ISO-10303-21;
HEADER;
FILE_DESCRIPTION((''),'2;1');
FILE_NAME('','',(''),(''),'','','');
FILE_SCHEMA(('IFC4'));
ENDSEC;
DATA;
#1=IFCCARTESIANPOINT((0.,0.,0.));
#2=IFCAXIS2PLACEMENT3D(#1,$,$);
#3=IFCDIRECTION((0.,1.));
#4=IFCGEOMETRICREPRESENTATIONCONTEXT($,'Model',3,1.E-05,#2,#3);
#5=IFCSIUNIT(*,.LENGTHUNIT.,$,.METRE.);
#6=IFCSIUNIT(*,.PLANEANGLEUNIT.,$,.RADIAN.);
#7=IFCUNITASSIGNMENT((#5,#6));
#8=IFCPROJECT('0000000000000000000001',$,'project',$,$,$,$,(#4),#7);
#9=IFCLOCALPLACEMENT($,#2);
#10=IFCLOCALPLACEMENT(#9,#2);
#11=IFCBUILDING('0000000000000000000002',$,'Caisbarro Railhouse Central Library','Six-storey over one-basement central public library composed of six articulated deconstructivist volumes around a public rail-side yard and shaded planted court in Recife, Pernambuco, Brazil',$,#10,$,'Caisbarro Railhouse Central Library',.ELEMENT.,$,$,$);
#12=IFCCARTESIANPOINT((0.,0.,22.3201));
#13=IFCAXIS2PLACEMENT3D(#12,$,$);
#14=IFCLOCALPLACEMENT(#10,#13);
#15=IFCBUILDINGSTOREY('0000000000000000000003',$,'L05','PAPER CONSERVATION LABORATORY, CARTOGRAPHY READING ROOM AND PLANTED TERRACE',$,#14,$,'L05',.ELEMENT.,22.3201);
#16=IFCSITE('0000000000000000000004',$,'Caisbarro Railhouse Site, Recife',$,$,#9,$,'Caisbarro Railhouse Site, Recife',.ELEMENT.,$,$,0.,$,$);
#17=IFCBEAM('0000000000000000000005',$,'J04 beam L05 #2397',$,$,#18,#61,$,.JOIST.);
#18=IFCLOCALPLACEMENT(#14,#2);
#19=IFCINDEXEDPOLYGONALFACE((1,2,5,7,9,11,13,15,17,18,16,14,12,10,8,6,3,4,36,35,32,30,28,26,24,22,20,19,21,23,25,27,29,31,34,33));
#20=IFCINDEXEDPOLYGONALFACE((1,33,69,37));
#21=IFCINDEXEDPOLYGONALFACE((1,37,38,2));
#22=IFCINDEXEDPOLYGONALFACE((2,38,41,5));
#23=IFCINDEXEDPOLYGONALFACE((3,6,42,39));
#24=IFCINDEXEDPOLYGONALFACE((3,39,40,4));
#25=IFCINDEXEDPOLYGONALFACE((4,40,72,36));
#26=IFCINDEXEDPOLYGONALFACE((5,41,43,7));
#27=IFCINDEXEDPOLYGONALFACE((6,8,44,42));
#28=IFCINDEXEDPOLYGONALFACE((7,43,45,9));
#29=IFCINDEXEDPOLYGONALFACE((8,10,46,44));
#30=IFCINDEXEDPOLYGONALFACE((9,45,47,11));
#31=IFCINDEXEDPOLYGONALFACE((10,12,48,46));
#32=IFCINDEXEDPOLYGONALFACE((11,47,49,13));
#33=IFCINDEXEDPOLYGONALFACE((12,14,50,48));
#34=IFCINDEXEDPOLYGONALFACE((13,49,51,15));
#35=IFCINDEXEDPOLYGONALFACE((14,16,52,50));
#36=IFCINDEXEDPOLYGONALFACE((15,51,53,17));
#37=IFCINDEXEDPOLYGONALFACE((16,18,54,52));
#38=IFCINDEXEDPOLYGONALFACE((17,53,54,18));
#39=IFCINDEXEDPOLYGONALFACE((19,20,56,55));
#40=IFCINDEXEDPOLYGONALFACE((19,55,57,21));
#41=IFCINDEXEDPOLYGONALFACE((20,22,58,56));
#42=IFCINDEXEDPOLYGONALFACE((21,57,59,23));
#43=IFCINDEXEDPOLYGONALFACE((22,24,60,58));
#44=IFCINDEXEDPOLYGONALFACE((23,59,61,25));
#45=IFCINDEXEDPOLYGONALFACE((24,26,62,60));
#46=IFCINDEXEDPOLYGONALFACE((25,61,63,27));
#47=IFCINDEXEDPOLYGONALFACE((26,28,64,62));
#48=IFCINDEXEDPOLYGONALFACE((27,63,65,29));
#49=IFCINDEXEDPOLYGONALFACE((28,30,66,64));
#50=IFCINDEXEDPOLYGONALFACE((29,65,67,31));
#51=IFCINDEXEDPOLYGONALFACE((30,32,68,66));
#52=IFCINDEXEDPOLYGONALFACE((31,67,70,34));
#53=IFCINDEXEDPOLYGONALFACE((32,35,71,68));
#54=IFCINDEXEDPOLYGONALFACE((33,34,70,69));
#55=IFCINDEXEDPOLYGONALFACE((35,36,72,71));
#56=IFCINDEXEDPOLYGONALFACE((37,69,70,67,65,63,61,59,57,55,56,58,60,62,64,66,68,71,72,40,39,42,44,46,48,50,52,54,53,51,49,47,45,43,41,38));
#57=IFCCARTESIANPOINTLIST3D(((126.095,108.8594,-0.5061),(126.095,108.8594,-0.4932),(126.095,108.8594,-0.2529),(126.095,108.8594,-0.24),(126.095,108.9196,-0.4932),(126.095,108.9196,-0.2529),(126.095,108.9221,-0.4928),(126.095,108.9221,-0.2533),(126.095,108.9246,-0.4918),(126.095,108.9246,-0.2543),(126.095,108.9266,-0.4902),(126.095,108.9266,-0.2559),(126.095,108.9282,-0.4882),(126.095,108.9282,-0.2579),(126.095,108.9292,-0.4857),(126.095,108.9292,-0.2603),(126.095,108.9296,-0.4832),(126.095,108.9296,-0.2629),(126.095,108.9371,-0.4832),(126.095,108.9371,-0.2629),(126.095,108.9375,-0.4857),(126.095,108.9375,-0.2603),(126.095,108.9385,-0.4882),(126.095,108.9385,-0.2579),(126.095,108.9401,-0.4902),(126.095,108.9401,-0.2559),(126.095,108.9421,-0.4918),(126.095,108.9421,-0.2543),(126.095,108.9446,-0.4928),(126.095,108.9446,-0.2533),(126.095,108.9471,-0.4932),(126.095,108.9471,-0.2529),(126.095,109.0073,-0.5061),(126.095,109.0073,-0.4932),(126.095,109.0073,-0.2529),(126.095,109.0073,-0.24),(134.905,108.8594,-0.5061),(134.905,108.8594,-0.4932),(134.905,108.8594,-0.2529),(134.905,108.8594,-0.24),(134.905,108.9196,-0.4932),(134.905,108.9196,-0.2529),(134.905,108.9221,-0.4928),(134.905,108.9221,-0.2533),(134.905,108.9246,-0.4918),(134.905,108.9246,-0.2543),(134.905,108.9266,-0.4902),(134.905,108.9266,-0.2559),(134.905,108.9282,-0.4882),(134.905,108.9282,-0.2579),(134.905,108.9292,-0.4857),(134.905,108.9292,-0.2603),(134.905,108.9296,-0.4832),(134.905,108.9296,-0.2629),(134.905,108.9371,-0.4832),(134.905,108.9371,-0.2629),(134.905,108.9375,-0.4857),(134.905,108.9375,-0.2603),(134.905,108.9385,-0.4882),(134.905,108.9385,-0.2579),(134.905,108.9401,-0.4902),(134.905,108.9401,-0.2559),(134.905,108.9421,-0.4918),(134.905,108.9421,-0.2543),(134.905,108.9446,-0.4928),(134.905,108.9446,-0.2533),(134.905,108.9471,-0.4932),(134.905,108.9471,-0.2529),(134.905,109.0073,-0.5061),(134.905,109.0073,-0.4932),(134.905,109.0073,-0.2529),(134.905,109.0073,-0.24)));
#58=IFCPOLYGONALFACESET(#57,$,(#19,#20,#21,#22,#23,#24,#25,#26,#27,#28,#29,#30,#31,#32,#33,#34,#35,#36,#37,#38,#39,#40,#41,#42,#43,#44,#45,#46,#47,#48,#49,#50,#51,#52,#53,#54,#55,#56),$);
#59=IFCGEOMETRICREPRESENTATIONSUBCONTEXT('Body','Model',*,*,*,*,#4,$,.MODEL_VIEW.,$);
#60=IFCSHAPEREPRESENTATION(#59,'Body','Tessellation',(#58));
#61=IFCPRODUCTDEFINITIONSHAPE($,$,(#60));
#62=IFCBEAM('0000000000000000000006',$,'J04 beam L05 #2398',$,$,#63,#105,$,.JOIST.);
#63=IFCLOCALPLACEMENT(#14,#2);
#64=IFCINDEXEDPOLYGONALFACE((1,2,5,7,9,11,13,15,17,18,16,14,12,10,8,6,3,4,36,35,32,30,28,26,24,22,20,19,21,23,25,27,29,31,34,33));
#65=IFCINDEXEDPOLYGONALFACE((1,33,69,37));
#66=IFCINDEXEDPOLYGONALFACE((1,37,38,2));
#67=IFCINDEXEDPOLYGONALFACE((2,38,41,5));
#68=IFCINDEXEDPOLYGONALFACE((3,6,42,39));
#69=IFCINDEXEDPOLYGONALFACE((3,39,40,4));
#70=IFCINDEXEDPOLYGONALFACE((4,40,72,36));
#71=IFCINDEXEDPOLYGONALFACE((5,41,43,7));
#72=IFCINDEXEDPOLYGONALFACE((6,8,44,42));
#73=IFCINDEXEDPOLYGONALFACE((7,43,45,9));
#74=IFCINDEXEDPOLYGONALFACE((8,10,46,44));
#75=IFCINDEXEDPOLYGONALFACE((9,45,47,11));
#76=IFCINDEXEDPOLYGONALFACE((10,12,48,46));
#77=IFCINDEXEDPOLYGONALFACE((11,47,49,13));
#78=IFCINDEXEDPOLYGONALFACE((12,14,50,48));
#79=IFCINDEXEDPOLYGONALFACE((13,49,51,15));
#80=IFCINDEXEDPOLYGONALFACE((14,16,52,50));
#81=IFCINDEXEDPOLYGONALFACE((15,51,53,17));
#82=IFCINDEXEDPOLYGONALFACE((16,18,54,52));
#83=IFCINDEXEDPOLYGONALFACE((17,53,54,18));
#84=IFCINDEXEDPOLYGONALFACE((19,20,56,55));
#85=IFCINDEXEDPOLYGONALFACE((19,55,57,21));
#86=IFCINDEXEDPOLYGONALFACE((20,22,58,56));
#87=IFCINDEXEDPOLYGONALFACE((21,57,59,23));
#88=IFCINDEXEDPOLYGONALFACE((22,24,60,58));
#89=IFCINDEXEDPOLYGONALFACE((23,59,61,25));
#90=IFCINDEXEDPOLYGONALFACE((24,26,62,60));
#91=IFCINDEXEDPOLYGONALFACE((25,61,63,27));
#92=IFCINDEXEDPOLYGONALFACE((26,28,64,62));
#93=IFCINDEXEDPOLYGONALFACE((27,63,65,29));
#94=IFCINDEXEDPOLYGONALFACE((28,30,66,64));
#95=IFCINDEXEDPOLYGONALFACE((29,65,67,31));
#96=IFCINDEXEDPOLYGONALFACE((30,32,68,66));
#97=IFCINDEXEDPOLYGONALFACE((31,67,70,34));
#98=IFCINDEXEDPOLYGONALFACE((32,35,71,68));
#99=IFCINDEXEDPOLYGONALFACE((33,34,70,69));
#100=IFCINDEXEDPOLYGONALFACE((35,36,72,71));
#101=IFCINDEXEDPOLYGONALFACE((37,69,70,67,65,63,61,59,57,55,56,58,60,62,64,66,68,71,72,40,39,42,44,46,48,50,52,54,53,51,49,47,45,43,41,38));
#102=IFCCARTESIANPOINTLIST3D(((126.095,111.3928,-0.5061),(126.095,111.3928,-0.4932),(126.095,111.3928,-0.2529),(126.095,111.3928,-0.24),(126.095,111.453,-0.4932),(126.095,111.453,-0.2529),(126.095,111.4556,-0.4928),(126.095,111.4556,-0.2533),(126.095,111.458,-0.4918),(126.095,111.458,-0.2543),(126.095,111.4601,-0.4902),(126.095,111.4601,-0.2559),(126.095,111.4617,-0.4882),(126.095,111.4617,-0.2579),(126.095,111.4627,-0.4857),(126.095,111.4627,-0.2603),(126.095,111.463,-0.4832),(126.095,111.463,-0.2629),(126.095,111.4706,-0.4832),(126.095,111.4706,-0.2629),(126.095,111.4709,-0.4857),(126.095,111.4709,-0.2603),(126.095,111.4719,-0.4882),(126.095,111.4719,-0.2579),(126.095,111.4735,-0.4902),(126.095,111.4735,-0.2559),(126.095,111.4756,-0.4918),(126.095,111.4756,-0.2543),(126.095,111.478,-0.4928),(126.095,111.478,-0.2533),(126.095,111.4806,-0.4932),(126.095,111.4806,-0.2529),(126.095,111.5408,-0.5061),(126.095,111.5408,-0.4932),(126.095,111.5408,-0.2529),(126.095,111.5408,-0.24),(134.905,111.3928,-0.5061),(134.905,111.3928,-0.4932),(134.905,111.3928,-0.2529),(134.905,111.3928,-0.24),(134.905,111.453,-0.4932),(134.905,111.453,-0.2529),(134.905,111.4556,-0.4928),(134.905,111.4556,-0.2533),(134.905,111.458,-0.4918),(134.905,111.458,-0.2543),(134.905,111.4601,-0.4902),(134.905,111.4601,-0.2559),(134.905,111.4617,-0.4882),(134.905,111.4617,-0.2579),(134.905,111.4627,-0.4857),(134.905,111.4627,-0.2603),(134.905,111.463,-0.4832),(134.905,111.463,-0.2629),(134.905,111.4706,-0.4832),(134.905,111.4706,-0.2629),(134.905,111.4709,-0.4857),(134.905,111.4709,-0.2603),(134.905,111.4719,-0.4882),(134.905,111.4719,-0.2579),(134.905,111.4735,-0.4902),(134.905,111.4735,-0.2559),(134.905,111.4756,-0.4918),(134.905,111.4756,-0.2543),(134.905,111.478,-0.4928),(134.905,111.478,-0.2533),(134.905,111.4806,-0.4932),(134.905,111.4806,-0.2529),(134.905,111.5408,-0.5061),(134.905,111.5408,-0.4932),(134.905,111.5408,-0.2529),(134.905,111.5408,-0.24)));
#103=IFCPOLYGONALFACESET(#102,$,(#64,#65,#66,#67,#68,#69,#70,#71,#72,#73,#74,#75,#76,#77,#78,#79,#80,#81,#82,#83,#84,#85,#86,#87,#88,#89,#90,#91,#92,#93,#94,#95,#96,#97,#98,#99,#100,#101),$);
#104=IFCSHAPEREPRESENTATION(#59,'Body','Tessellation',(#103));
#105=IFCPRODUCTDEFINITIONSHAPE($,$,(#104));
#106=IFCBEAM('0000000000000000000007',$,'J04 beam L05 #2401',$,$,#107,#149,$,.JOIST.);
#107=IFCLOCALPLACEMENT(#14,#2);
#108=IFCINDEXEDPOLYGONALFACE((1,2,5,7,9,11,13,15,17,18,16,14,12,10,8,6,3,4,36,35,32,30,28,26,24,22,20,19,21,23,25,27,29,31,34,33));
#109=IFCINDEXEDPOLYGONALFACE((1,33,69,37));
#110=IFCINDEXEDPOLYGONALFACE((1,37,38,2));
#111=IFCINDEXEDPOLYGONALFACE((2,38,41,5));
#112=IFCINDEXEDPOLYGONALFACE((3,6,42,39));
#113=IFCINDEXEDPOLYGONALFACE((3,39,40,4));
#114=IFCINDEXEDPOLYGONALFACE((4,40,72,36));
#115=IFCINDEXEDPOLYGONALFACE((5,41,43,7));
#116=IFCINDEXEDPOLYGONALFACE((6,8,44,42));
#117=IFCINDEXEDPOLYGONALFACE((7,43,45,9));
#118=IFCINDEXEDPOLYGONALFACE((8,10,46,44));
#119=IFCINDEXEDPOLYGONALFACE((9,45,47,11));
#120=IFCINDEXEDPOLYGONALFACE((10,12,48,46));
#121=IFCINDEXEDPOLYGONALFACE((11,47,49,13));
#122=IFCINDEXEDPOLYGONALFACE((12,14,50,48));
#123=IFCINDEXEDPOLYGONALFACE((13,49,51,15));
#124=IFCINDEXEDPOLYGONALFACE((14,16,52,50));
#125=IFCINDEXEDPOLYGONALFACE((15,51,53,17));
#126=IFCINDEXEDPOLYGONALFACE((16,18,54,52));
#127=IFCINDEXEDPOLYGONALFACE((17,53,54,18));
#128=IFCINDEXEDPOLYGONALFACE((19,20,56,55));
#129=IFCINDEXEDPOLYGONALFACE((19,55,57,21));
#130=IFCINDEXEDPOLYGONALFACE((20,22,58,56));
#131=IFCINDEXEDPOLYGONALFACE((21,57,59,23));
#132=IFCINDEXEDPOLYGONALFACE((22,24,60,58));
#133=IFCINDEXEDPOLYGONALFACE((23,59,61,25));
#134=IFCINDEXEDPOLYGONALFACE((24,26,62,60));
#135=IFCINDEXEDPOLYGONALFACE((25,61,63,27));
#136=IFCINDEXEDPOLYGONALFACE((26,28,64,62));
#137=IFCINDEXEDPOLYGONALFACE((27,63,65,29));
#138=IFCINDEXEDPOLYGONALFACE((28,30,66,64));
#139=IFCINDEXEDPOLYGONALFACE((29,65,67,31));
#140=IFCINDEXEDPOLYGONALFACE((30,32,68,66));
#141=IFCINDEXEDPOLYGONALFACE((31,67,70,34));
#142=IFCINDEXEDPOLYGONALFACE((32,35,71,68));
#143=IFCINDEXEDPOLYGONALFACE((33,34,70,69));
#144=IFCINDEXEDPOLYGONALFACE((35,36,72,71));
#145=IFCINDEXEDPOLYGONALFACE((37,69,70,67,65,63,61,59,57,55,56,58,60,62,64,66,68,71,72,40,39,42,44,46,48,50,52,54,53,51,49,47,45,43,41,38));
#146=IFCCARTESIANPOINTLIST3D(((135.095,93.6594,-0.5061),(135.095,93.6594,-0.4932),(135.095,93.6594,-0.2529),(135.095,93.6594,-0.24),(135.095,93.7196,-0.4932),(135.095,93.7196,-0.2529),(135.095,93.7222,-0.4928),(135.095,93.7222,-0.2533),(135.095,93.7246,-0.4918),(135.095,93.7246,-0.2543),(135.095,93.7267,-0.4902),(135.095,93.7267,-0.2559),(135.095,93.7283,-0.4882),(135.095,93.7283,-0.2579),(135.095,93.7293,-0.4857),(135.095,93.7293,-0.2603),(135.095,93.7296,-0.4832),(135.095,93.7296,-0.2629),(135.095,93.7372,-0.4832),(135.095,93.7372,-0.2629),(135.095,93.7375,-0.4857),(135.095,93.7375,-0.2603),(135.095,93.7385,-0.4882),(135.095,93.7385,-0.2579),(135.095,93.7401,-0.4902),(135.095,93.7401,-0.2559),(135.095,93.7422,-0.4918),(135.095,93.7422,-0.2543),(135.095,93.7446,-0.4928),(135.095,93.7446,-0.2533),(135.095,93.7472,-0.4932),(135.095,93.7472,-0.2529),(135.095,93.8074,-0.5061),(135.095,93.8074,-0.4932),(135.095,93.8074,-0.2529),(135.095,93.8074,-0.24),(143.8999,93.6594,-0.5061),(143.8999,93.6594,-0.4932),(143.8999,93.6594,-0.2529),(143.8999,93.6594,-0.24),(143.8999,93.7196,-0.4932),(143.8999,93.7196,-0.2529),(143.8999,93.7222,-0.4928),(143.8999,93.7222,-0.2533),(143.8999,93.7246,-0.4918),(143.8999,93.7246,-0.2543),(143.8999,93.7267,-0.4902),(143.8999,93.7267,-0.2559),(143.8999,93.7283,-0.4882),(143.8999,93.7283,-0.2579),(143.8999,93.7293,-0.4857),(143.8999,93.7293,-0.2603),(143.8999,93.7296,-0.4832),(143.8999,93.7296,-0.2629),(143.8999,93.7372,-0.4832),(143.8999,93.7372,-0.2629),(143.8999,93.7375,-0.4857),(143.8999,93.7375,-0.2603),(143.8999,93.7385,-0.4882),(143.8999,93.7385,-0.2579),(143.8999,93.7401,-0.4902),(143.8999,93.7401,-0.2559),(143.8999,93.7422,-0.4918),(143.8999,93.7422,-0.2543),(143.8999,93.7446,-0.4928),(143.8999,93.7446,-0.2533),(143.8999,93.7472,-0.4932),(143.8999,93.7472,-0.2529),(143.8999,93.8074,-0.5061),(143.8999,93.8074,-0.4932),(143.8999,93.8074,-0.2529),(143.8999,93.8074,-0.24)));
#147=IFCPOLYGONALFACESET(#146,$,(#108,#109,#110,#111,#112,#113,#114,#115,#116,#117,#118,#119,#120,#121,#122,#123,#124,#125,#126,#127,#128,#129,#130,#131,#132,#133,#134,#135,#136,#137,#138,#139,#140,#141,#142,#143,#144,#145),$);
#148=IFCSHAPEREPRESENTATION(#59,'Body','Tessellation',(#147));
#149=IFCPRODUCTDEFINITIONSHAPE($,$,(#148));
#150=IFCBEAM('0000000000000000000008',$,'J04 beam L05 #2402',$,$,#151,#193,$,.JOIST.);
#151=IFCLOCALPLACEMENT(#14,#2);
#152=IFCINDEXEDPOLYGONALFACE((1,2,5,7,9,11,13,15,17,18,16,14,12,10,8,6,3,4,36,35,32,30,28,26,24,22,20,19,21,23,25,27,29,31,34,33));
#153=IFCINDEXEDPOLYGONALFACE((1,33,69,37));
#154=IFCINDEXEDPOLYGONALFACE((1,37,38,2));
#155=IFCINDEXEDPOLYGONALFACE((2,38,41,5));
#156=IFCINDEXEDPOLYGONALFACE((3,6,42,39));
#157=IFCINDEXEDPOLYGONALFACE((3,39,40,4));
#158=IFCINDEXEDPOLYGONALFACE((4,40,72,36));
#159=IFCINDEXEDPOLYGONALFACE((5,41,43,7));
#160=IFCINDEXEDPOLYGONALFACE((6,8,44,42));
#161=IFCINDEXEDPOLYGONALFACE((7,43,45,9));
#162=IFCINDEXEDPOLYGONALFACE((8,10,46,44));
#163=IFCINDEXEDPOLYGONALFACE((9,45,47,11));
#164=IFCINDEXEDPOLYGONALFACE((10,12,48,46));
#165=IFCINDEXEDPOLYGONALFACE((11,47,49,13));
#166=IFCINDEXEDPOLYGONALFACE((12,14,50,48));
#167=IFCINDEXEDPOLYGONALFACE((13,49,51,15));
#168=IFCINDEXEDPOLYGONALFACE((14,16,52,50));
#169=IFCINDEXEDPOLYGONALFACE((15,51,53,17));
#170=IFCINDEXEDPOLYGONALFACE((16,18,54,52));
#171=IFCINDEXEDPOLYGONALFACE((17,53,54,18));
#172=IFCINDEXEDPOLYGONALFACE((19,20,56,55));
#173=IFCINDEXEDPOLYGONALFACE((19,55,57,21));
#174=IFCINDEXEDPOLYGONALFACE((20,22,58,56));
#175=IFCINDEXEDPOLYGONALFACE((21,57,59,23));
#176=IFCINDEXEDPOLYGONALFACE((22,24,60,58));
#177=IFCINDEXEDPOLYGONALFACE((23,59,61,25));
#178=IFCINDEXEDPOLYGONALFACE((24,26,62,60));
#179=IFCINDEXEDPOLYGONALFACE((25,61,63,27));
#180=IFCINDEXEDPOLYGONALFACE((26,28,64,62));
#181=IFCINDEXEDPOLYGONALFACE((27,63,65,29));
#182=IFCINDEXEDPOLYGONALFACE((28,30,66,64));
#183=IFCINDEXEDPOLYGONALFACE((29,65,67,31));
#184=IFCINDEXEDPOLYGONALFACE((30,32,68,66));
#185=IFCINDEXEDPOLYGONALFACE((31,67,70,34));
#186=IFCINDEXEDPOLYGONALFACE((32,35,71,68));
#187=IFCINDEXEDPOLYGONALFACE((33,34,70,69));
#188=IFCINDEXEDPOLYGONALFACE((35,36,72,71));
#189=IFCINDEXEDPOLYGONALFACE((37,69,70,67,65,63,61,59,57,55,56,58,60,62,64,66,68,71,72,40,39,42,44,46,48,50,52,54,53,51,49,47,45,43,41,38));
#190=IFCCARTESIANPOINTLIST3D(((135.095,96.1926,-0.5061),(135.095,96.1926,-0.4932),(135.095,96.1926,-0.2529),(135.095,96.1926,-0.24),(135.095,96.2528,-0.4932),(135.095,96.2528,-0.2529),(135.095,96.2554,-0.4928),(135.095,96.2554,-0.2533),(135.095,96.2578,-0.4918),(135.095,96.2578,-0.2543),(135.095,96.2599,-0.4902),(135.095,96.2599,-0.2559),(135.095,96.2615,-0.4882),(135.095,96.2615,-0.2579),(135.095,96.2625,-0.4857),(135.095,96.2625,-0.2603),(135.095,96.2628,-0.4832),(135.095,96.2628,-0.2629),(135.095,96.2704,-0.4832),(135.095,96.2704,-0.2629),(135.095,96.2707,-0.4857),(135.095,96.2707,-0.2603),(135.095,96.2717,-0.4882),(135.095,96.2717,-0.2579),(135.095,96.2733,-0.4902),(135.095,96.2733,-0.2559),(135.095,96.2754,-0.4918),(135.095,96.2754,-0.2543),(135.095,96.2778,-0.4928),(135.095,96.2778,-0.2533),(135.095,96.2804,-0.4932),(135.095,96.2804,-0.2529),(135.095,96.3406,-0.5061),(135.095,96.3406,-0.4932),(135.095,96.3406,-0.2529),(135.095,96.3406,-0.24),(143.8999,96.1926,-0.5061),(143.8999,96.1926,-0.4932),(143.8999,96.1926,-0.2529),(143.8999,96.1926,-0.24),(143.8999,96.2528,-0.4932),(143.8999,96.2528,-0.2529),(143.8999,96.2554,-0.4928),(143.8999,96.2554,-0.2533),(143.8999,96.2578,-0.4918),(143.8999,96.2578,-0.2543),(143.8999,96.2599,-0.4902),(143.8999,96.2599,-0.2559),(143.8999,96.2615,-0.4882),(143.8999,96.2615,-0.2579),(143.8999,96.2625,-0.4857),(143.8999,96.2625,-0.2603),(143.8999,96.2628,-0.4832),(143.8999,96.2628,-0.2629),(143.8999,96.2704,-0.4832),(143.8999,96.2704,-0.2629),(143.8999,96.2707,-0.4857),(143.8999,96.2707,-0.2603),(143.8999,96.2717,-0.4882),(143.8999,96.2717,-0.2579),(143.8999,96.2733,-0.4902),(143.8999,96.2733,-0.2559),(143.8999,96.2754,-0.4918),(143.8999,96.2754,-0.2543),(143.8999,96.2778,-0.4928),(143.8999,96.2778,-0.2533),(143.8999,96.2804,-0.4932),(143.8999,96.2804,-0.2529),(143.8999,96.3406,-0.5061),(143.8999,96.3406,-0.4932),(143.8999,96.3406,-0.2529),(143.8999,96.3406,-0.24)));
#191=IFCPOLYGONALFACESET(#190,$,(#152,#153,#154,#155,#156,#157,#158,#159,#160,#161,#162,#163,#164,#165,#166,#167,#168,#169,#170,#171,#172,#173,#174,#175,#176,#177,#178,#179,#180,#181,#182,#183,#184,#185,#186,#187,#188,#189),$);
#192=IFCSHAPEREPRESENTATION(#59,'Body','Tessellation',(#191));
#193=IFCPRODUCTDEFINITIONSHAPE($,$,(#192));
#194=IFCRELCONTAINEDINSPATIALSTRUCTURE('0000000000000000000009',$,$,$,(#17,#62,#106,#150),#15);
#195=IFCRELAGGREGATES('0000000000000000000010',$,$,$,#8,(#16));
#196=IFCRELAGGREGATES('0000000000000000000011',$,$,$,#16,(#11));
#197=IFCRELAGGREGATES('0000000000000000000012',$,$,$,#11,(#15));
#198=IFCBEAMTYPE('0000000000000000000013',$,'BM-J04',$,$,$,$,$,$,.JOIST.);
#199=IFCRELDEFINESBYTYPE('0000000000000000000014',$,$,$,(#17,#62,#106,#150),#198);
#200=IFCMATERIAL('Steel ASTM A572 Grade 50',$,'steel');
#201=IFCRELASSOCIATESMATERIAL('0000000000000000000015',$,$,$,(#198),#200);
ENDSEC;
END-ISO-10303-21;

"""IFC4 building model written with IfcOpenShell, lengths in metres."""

from ifc_helpers import new_model, si_unit, direction, frame, origin, origin_2d, place, context, subcontext, project, spatial, i_section, extrude, material, material_profile, profile_set, type_object, element, save


model = new_model("IFC4")

# Units and contexts
model_context = context("Model", 3, precision=1e-05, world=origin(), true_north=direction((0.0, 1.0)))
body_context = subcontext(model_context, "Body", "Model", "MODEL_VIEW")
ifc_project = project(units=[si_unit("LENGTHUNIT", "METRE"), si_unit("PLANEANGLEUNIT", "RADIAN")], contexts=[model_context])

# Site, building, storey
site_placement = place(None, origin())
site = spatial("IfcSite", under=ifc_project, at=site_placement, Name="Caisbarro Railhouse Site, Recife", LongName="Caisbarro Railhouse Site, Recife", CompositionType="ELEMENT", RefElevation=0.0)
building_placement = place(site_placement, origin())
building = spatial("IfcBuilding", under=site, at=building_placement, Name="Caisbarro Railhouse Central Library", Description="Six-storey over one-basement central public library composed of six articulated deconstructivist volumes around a public rail-side yard and shaded planted court in Recife, Pernambuco, Brazil", LongName="Caisbarro Railhouse Central Library", CompositionType="ELEMENT")
storey_placement = place(building_placement, frame((0.0, 0.0, 22.3201)))
storey = spatial("IfcBuildingStorey", under=building, at=storey_placement, Name="L05", Description="PAPER CONSERVATION LABORATORY, CARTOGRAPHY READING ROOM AND PLANTED TERRACE", LongName="L05", CompositionType="ELEMENT", Elevation=22.3201)

# Beams
ifc_material_1 = material(Name="Steel ASTM A572 Grade 50", Category="steel")
ifc_material_profile_1 = material_profile(ifc_material_1, i_section(OverallWidth=0.1479, OverallDepth=0.2661, WebThickness=0.0076, FlangeThickness=0.0129, FilletRadius=0.01, at=origin_2d()), Name="W250X44.8")
ifc_profile_set_1 = profile_set([ifc_material_profile_1], Name="Steel ASTM A572 Grade 50")
beam_type_1 = type_object("IfcBeamType", Name="BM-J04", PredefinedType="JOIST", material=ifc_profile_set_1)
for number, where, z_axis, x_axis, name in (
    (1, (126.095, 108.9333, -0.373), (1.0, 0.0, 0.0), (0.0, 1.0, 0.0), "J04 beam L05 #2397"),
    (2, (126.095, 111.4668, -0.373), (1.0, 0.0, 0.0), (0.0, 1.0, 0.0), "J04 beam L05 #2398"),
):
    element("IfcBeam", number, at=place(storey_placement, frame(where, z_axis=z_axis, x_axis=x_axis)), inside=storey, type_object=beam_type_1, Name=name, PredefinedType="JOIST", context=body_context, shape_type="SweptSolid", body=[
        extrude(i_section(OverallWidth=0.1479, OverallDepth=0.2661, WebThickness=0.0076, FlangeThickness=0.0129, FilletRadius=0.01, at=origin_2d()), origin(), (0.0, 0.0, 1.0), 8.8101),
    ])
for number, where, z_axis, x_axis, name in (
    (3, (135.095, 93.7334, -0.373), (1.0, 0.0, 0.0), (0.0, 1.0, 0.0), "J04 beam L05 #2401"),
    (4, (135.095, 96.2666, -0.373), (1.0, 0.0, 0.0), (0.0, 1.0, 0.0), "J04 beam L05 #2402"),
):
    element("IfcBeam", number, at=place(storey_placement, frame(where, z_axis=z_axis, x_axis=x_axis)), inside=storey, type_object=beam_type_1, Name=name, PredefinedType="JOIST", context=body_context, shape_type="SweptSolid", body=[
        extrude(i_section(OverallWidth=0.1479, OverallDepth=0.2661, WebThickness=0.0076, FlangeThickness=0.0129, FilletRadius=0.01, at=origin_2d()), origin(), (0.0, 0.0, 1.0), 8.8049),
    ])

save(model, "model.ifc")
